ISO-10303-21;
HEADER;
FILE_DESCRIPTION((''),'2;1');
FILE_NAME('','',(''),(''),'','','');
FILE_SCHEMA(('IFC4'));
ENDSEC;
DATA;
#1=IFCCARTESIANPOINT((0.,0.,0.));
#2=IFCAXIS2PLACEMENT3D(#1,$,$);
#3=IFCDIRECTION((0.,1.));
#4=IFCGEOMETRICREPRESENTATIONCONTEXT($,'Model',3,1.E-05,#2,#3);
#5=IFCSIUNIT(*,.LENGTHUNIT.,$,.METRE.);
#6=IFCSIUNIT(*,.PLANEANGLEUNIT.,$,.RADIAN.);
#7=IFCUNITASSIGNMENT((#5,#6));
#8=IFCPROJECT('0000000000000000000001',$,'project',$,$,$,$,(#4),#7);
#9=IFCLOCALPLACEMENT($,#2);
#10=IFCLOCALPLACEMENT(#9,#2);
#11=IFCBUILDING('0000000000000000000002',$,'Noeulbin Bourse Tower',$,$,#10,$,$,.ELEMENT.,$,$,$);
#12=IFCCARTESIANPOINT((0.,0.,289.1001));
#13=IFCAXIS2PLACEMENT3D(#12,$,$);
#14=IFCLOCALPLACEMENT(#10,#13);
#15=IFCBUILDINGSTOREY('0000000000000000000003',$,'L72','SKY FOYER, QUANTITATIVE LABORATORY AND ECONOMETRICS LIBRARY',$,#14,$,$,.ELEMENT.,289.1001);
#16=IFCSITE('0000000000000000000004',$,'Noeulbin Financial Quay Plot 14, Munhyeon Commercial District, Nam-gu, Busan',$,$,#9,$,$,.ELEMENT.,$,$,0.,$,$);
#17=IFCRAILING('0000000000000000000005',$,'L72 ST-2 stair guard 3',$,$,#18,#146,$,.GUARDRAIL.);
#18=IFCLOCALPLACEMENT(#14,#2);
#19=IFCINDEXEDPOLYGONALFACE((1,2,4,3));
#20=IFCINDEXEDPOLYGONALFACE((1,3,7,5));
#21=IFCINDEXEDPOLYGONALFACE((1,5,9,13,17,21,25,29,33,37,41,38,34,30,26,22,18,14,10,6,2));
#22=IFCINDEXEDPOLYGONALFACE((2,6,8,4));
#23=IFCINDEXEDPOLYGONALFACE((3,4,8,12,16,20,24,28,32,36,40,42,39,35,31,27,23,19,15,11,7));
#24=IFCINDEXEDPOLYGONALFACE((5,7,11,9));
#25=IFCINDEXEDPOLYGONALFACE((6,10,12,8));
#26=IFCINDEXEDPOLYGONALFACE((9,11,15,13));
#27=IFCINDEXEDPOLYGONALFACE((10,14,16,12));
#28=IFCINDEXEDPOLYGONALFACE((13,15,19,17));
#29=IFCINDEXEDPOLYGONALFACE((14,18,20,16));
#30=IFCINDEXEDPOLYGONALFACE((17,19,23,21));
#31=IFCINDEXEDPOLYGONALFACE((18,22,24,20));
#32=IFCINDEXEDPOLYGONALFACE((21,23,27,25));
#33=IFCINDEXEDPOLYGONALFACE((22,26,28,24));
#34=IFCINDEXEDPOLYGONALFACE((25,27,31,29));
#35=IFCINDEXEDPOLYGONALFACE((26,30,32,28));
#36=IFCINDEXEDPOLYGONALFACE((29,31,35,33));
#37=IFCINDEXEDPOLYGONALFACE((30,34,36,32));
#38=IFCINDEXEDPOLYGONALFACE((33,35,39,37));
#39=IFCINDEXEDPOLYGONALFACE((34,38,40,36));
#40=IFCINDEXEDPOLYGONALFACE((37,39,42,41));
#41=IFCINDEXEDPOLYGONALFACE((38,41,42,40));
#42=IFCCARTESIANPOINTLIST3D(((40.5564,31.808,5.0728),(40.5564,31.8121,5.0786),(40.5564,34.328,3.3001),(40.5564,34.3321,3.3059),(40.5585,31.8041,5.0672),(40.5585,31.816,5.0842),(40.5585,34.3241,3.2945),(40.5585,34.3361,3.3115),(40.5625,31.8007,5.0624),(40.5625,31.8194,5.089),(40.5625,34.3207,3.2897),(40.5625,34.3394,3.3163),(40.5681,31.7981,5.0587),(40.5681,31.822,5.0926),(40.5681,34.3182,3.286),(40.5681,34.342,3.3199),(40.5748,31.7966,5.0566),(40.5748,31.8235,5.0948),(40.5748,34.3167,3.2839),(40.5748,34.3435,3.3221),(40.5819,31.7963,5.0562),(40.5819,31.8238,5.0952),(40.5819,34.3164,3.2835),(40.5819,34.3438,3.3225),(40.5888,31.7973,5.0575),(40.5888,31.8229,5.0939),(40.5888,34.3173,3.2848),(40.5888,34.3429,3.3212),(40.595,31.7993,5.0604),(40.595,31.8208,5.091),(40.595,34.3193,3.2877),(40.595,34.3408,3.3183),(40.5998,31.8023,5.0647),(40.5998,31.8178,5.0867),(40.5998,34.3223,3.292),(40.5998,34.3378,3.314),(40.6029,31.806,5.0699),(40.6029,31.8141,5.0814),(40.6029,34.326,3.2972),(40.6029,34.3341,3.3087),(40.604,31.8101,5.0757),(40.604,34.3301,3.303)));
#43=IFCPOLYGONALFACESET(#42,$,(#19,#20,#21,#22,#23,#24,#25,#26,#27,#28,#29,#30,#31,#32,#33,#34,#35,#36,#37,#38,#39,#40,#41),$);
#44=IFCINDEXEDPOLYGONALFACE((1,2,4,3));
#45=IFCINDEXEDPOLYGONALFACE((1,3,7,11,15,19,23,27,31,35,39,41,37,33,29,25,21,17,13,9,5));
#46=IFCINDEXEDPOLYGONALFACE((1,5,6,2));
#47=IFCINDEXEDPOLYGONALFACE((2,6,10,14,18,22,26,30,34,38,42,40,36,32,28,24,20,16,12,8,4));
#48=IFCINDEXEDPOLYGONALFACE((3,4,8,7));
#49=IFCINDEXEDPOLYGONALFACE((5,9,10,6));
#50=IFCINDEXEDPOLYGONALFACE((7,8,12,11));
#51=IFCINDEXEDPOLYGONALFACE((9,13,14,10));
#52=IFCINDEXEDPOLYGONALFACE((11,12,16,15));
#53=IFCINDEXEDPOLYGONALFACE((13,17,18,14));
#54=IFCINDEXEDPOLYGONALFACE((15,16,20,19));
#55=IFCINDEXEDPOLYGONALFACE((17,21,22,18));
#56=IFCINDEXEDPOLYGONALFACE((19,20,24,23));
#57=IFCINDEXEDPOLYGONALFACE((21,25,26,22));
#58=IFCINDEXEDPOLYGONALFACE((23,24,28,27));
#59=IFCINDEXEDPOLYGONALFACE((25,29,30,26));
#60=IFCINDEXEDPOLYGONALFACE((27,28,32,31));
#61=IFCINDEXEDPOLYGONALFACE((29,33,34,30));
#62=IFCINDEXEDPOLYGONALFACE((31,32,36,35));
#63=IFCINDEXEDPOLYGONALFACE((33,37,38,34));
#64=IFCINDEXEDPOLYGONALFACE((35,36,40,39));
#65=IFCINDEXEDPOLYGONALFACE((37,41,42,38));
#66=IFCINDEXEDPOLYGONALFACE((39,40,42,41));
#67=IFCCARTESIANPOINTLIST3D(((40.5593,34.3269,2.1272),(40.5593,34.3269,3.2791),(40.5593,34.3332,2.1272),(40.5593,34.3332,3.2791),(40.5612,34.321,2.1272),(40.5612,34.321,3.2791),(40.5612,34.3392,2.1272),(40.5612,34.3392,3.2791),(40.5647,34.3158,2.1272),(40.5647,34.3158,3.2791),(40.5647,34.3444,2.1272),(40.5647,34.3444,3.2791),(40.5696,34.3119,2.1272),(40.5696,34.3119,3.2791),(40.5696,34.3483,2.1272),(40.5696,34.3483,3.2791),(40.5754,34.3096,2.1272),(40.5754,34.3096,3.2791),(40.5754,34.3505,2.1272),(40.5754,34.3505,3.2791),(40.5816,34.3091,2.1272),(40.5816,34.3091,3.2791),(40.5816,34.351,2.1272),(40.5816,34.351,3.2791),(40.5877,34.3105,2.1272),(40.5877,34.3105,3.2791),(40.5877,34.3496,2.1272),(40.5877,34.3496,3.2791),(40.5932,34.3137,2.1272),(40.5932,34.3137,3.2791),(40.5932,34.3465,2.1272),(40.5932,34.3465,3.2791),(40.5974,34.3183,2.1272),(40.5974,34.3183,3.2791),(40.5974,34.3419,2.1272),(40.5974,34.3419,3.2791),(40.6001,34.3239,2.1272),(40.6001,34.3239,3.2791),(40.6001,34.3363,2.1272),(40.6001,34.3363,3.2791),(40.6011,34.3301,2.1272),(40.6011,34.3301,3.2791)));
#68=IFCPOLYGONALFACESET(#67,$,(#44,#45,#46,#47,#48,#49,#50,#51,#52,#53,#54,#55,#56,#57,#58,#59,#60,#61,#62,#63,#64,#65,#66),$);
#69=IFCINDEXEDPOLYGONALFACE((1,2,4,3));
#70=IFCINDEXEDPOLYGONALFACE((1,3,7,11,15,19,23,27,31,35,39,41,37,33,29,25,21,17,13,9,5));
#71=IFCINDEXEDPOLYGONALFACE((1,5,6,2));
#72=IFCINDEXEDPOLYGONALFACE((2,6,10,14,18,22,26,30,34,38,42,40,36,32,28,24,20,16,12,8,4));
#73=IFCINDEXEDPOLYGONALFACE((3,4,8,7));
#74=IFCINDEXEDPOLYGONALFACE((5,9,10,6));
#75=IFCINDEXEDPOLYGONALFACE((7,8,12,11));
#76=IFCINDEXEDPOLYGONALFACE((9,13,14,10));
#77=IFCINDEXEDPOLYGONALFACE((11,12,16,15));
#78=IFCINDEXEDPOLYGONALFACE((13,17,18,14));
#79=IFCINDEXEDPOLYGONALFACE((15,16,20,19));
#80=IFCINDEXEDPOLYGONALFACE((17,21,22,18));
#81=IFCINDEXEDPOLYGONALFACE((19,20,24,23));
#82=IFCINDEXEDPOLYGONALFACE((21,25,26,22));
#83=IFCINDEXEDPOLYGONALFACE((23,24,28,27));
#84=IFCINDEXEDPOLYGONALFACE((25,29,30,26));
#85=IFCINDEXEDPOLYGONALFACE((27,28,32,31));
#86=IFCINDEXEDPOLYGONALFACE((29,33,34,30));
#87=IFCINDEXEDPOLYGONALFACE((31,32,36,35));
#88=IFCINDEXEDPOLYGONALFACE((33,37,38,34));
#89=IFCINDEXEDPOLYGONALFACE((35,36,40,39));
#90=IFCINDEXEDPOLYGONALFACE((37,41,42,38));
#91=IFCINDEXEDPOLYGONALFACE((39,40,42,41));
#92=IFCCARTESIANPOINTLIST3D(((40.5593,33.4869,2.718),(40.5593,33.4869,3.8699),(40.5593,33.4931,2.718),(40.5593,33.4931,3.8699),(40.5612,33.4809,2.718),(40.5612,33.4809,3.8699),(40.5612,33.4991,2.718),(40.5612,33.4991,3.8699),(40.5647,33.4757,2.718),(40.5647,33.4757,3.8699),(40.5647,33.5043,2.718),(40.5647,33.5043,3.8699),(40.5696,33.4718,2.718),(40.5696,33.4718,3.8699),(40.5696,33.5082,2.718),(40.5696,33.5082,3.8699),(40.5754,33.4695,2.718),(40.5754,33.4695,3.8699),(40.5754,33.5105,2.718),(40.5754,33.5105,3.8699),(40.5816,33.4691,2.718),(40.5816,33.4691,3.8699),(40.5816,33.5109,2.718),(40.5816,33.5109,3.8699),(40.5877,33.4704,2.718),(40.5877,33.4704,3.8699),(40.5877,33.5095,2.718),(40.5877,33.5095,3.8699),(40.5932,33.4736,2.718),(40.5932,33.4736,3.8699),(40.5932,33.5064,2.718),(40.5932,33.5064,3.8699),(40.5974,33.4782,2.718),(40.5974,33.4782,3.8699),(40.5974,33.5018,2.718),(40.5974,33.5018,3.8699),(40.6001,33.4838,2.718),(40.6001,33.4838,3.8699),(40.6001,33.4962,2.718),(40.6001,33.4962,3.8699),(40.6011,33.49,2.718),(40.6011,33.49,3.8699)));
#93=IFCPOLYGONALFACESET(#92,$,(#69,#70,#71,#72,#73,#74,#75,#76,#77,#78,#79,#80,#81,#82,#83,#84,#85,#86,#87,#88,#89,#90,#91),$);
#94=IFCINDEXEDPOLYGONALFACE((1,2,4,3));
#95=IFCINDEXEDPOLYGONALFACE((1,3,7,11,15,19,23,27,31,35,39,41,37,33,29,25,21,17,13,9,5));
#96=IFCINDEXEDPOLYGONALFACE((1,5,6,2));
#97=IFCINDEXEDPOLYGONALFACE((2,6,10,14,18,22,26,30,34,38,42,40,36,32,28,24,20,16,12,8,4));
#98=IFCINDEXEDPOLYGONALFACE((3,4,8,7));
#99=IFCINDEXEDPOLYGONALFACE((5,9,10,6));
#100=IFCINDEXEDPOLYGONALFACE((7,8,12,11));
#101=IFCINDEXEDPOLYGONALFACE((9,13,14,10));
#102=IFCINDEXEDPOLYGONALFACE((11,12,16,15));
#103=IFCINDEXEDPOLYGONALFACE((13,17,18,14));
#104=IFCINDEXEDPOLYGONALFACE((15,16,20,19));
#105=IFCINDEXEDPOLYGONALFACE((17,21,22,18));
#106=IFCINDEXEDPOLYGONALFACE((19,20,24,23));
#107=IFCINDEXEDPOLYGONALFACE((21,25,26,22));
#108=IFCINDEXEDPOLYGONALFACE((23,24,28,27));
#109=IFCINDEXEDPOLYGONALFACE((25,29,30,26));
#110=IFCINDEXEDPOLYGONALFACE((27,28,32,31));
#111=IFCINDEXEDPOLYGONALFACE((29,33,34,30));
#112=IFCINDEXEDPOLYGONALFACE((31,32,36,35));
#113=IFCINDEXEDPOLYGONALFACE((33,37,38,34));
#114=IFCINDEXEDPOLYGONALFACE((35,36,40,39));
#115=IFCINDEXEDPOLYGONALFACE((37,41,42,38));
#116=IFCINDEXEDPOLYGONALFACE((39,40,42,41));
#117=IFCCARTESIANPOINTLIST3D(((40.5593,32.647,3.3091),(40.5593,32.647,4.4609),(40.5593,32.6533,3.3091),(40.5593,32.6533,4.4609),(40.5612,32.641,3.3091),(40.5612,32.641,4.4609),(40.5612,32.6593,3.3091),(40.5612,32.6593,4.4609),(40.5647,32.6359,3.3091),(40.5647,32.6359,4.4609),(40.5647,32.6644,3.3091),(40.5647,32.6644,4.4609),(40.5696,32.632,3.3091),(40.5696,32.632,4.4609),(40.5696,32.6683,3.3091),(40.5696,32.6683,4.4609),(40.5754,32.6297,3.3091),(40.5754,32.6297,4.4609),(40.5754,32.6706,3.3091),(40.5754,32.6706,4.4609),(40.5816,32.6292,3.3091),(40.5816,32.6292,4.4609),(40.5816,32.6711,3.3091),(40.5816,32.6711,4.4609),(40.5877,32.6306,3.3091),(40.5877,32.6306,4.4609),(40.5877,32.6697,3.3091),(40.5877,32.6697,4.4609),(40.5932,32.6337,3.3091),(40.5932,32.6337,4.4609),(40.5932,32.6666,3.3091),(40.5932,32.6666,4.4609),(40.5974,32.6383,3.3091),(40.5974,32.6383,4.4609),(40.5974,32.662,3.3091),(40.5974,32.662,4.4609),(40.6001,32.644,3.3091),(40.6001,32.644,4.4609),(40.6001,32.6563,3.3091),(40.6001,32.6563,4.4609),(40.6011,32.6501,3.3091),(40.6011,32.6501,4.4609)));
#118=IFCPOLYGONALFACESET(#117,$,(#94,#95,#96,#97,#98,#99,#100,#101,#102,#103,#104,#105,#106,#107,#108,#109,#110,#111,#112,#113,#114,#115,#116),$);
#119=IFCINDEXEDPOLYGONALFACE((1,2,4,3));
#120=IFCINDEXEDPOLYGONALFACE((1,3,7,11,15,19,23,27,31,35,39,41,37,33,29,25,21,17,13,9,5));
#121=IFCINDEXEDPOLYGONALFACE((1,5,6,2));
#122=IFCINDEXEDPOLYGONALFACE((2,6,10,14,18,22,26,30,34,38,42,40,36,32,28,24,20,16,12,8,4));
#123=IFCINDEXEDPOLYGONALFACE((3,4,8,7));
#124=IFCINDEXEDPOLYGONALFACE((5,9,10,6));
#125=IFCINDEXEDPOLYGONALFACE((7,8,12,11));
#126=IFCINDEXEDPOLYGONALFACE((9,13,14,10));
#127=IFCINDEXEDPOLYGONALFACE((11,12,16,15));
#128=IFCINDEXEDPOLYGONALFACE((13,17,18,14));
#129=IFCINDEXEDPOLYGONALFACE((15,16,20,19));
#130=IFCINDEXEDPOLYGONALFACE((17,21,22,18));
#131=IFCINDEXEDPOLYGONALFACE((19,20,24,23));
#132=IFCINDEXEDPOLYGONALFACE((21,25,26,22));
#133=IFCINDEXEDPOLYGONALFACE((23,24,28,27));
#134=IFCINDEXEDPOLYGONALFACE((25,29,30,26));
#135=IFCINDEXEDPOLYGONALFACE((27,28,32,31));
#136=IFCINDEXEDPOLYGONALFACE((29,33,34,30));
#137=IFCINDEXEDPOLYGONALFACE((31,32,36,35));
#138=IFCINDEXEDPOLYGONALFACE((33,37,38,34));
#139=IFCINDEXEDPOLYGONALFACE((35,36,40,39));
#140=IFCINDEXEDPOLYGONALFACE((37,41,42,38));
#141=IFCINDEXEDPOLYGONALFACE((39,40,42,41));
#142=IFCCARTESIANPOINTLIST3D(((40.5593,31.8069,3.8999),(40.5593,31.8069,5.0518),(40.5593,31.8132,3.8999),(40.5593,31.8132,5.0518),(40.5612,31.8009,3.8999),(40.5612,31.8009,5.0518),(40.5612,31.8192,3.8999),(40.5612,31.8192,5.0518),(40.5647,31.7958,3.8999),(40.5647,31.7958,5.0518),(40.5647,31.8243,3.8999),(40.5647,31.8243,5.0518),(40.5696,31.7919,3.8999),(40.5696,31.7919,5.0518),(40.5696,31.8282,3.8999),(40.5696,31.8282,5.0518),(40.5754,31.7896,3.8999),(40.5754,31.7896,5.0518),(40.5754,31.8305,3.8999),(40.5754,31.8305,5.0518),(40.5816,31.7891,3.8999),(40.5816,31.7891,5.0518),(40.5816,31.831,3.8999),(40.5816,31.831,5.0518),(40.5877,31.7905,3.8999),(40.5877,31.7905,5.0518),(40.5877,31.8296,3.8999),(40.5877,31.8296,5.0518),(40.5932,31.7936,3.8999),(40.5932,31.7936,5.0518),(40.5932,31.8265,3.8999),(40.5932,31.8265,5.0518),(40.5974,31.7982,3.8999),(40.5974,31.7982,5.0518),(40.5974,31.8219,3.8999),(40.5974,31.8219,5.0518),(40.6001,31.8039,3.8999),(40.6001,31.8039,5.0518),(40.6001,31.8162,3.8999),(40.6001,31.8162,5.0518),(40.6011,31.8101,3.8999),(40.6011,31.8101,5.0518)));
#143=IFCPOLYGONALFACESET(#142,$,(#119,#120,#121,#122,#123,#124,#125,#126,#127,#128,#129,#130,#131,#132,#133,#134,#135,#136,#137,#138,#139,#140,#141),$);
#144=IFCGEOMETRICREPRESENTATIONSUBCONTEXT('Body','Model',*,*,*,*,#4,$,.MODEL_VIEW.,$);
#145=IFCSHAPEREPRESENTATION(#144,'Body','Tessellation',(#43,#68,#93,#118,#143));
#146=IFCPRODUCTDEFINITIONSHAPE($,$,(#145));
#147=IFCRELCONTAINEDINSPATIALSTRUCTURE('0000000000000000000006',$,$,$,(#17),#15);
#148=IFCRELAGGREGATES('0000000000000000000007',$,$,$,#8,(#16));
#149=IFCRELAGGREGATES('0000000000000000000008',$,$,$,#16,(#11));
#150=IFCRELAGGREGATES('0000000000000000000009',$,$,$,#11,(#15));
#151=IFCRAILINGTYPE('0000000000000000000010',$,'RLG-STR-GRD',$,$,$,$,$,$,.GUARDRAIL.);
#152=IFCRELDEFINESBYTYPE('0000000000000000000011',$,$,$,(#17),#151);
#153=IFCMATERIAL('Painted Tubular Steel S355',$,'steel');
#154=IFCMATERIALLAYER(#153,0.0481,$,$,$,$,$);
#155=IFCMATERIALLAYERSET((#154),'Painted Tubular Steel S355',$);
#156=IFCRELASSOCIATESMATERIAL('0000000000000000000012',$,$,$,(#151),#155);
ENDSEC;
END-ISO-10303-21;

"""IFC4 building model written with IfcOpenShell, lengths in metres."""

from ifc_helpers import new_model, si_unit, direction, frame, origin, origin_2d, place, context, subcontext, project, spatial, circle, extrude, material, layer, layer_set, type_object, element, save


model = new_model("IFC4")

# Units and contexts
model_context = context("Model", 3, precision=1e-05, world=origin(), true_north=direction((0.0, 1.0)))
body_context = subcontext(model_context, "Body", "Model", "MODEL_VIEW")
ifc_project = project(units=[si_unit("LENGTHUNIT", "METRE"), si_unit("PLANEANGLEUNIT", "RADIAN")], contexts=[model_context])

# Site, building, storey
site_placement = place(None, origin())
site = spatial("IfcSite", under=ifc_project, at=site_placement, Name="Noeulbin Financial Quay Plot 14, Munhyeon Commercial District, Nam-gu, Busan", CompositionType="ELEMENT", RefElevation=0.0)
building_placement = place(site_placement, origin())
building = spatial("IfcBuilding", under=site, at=building_placement, Name="Noeulbin Bourse Tower", CompositionType="ELEMENT")
storey_placement = place(building_placement, frame((0.0, 0.0, 289.1001)))
storey = spatial("IfcBuildingStorey", under=building, at=storey_placement, Name="L72", Description="SKY FOYER, QUANTITATIVE LABORATORY AND ECONOMETRICS LIBRARY", CompositionType="ELEMENT", Elevation=289.1001)

# Railing
ifc_material_1 = material(Name="Painted Tubular Steel S355", Category="steel")
ifc_layer_1 = layer(ifc_material_1, 0.0481)
ifc_layer_set_1 = layer_set([ifc_layer_1], Name="Painted Tubular Steel S355")
railing_type_1 = type_object("IfcRailingType", Name="RLG-STR-GRD", PredefinedType="GUARDRAIL", material=ifc_layer_set_1)
railing_1_placement = place(storey_placement, frame((40.5801, 34.3301, 2.1272)))
element("IfcRailing", 1, at=railing_1_placement, inside=storey, type_object=railing_type_1, Name="L72 ST-2 stair guard 3", PredefinedType="GUARDRAIL", context=body_context, shape_type="SweptSolid", body=[
    extrude(circle(Radius=0.0239, at=origin_2d()), frame((0.0, 0.0, 1.1758), z_axis=(0.0, -0.817904, 0.575354), x_axis=(1.0, 0.0, 0.0)), (0.0, 0.0, 1.0), 3.0811),
    extrude(circle(Radius=0.021, at=origin_2d()), origin(), (0.0, 0.0, 1.0), 1.1519),
    extrude(circle(Radius=0.021, at=origin_2d()), frame((0.0, -0.8401, 0.5908)), (0.0, 0.0, 1.0), 1.1519),
    extrude(circle(Radius=0.021, at=origin_2d()), frame((0.0, -1.6799, 1.1819)), (0.0, 0.0, 1.0), 1.1519),
    extrude(circle(Radius=0.021, at=origin_2d()), frame((0.0, -2.52, 1.7727)), (0.0, 0.0, 1.0), 1.1519),
])

save(model, "model.ifc")
